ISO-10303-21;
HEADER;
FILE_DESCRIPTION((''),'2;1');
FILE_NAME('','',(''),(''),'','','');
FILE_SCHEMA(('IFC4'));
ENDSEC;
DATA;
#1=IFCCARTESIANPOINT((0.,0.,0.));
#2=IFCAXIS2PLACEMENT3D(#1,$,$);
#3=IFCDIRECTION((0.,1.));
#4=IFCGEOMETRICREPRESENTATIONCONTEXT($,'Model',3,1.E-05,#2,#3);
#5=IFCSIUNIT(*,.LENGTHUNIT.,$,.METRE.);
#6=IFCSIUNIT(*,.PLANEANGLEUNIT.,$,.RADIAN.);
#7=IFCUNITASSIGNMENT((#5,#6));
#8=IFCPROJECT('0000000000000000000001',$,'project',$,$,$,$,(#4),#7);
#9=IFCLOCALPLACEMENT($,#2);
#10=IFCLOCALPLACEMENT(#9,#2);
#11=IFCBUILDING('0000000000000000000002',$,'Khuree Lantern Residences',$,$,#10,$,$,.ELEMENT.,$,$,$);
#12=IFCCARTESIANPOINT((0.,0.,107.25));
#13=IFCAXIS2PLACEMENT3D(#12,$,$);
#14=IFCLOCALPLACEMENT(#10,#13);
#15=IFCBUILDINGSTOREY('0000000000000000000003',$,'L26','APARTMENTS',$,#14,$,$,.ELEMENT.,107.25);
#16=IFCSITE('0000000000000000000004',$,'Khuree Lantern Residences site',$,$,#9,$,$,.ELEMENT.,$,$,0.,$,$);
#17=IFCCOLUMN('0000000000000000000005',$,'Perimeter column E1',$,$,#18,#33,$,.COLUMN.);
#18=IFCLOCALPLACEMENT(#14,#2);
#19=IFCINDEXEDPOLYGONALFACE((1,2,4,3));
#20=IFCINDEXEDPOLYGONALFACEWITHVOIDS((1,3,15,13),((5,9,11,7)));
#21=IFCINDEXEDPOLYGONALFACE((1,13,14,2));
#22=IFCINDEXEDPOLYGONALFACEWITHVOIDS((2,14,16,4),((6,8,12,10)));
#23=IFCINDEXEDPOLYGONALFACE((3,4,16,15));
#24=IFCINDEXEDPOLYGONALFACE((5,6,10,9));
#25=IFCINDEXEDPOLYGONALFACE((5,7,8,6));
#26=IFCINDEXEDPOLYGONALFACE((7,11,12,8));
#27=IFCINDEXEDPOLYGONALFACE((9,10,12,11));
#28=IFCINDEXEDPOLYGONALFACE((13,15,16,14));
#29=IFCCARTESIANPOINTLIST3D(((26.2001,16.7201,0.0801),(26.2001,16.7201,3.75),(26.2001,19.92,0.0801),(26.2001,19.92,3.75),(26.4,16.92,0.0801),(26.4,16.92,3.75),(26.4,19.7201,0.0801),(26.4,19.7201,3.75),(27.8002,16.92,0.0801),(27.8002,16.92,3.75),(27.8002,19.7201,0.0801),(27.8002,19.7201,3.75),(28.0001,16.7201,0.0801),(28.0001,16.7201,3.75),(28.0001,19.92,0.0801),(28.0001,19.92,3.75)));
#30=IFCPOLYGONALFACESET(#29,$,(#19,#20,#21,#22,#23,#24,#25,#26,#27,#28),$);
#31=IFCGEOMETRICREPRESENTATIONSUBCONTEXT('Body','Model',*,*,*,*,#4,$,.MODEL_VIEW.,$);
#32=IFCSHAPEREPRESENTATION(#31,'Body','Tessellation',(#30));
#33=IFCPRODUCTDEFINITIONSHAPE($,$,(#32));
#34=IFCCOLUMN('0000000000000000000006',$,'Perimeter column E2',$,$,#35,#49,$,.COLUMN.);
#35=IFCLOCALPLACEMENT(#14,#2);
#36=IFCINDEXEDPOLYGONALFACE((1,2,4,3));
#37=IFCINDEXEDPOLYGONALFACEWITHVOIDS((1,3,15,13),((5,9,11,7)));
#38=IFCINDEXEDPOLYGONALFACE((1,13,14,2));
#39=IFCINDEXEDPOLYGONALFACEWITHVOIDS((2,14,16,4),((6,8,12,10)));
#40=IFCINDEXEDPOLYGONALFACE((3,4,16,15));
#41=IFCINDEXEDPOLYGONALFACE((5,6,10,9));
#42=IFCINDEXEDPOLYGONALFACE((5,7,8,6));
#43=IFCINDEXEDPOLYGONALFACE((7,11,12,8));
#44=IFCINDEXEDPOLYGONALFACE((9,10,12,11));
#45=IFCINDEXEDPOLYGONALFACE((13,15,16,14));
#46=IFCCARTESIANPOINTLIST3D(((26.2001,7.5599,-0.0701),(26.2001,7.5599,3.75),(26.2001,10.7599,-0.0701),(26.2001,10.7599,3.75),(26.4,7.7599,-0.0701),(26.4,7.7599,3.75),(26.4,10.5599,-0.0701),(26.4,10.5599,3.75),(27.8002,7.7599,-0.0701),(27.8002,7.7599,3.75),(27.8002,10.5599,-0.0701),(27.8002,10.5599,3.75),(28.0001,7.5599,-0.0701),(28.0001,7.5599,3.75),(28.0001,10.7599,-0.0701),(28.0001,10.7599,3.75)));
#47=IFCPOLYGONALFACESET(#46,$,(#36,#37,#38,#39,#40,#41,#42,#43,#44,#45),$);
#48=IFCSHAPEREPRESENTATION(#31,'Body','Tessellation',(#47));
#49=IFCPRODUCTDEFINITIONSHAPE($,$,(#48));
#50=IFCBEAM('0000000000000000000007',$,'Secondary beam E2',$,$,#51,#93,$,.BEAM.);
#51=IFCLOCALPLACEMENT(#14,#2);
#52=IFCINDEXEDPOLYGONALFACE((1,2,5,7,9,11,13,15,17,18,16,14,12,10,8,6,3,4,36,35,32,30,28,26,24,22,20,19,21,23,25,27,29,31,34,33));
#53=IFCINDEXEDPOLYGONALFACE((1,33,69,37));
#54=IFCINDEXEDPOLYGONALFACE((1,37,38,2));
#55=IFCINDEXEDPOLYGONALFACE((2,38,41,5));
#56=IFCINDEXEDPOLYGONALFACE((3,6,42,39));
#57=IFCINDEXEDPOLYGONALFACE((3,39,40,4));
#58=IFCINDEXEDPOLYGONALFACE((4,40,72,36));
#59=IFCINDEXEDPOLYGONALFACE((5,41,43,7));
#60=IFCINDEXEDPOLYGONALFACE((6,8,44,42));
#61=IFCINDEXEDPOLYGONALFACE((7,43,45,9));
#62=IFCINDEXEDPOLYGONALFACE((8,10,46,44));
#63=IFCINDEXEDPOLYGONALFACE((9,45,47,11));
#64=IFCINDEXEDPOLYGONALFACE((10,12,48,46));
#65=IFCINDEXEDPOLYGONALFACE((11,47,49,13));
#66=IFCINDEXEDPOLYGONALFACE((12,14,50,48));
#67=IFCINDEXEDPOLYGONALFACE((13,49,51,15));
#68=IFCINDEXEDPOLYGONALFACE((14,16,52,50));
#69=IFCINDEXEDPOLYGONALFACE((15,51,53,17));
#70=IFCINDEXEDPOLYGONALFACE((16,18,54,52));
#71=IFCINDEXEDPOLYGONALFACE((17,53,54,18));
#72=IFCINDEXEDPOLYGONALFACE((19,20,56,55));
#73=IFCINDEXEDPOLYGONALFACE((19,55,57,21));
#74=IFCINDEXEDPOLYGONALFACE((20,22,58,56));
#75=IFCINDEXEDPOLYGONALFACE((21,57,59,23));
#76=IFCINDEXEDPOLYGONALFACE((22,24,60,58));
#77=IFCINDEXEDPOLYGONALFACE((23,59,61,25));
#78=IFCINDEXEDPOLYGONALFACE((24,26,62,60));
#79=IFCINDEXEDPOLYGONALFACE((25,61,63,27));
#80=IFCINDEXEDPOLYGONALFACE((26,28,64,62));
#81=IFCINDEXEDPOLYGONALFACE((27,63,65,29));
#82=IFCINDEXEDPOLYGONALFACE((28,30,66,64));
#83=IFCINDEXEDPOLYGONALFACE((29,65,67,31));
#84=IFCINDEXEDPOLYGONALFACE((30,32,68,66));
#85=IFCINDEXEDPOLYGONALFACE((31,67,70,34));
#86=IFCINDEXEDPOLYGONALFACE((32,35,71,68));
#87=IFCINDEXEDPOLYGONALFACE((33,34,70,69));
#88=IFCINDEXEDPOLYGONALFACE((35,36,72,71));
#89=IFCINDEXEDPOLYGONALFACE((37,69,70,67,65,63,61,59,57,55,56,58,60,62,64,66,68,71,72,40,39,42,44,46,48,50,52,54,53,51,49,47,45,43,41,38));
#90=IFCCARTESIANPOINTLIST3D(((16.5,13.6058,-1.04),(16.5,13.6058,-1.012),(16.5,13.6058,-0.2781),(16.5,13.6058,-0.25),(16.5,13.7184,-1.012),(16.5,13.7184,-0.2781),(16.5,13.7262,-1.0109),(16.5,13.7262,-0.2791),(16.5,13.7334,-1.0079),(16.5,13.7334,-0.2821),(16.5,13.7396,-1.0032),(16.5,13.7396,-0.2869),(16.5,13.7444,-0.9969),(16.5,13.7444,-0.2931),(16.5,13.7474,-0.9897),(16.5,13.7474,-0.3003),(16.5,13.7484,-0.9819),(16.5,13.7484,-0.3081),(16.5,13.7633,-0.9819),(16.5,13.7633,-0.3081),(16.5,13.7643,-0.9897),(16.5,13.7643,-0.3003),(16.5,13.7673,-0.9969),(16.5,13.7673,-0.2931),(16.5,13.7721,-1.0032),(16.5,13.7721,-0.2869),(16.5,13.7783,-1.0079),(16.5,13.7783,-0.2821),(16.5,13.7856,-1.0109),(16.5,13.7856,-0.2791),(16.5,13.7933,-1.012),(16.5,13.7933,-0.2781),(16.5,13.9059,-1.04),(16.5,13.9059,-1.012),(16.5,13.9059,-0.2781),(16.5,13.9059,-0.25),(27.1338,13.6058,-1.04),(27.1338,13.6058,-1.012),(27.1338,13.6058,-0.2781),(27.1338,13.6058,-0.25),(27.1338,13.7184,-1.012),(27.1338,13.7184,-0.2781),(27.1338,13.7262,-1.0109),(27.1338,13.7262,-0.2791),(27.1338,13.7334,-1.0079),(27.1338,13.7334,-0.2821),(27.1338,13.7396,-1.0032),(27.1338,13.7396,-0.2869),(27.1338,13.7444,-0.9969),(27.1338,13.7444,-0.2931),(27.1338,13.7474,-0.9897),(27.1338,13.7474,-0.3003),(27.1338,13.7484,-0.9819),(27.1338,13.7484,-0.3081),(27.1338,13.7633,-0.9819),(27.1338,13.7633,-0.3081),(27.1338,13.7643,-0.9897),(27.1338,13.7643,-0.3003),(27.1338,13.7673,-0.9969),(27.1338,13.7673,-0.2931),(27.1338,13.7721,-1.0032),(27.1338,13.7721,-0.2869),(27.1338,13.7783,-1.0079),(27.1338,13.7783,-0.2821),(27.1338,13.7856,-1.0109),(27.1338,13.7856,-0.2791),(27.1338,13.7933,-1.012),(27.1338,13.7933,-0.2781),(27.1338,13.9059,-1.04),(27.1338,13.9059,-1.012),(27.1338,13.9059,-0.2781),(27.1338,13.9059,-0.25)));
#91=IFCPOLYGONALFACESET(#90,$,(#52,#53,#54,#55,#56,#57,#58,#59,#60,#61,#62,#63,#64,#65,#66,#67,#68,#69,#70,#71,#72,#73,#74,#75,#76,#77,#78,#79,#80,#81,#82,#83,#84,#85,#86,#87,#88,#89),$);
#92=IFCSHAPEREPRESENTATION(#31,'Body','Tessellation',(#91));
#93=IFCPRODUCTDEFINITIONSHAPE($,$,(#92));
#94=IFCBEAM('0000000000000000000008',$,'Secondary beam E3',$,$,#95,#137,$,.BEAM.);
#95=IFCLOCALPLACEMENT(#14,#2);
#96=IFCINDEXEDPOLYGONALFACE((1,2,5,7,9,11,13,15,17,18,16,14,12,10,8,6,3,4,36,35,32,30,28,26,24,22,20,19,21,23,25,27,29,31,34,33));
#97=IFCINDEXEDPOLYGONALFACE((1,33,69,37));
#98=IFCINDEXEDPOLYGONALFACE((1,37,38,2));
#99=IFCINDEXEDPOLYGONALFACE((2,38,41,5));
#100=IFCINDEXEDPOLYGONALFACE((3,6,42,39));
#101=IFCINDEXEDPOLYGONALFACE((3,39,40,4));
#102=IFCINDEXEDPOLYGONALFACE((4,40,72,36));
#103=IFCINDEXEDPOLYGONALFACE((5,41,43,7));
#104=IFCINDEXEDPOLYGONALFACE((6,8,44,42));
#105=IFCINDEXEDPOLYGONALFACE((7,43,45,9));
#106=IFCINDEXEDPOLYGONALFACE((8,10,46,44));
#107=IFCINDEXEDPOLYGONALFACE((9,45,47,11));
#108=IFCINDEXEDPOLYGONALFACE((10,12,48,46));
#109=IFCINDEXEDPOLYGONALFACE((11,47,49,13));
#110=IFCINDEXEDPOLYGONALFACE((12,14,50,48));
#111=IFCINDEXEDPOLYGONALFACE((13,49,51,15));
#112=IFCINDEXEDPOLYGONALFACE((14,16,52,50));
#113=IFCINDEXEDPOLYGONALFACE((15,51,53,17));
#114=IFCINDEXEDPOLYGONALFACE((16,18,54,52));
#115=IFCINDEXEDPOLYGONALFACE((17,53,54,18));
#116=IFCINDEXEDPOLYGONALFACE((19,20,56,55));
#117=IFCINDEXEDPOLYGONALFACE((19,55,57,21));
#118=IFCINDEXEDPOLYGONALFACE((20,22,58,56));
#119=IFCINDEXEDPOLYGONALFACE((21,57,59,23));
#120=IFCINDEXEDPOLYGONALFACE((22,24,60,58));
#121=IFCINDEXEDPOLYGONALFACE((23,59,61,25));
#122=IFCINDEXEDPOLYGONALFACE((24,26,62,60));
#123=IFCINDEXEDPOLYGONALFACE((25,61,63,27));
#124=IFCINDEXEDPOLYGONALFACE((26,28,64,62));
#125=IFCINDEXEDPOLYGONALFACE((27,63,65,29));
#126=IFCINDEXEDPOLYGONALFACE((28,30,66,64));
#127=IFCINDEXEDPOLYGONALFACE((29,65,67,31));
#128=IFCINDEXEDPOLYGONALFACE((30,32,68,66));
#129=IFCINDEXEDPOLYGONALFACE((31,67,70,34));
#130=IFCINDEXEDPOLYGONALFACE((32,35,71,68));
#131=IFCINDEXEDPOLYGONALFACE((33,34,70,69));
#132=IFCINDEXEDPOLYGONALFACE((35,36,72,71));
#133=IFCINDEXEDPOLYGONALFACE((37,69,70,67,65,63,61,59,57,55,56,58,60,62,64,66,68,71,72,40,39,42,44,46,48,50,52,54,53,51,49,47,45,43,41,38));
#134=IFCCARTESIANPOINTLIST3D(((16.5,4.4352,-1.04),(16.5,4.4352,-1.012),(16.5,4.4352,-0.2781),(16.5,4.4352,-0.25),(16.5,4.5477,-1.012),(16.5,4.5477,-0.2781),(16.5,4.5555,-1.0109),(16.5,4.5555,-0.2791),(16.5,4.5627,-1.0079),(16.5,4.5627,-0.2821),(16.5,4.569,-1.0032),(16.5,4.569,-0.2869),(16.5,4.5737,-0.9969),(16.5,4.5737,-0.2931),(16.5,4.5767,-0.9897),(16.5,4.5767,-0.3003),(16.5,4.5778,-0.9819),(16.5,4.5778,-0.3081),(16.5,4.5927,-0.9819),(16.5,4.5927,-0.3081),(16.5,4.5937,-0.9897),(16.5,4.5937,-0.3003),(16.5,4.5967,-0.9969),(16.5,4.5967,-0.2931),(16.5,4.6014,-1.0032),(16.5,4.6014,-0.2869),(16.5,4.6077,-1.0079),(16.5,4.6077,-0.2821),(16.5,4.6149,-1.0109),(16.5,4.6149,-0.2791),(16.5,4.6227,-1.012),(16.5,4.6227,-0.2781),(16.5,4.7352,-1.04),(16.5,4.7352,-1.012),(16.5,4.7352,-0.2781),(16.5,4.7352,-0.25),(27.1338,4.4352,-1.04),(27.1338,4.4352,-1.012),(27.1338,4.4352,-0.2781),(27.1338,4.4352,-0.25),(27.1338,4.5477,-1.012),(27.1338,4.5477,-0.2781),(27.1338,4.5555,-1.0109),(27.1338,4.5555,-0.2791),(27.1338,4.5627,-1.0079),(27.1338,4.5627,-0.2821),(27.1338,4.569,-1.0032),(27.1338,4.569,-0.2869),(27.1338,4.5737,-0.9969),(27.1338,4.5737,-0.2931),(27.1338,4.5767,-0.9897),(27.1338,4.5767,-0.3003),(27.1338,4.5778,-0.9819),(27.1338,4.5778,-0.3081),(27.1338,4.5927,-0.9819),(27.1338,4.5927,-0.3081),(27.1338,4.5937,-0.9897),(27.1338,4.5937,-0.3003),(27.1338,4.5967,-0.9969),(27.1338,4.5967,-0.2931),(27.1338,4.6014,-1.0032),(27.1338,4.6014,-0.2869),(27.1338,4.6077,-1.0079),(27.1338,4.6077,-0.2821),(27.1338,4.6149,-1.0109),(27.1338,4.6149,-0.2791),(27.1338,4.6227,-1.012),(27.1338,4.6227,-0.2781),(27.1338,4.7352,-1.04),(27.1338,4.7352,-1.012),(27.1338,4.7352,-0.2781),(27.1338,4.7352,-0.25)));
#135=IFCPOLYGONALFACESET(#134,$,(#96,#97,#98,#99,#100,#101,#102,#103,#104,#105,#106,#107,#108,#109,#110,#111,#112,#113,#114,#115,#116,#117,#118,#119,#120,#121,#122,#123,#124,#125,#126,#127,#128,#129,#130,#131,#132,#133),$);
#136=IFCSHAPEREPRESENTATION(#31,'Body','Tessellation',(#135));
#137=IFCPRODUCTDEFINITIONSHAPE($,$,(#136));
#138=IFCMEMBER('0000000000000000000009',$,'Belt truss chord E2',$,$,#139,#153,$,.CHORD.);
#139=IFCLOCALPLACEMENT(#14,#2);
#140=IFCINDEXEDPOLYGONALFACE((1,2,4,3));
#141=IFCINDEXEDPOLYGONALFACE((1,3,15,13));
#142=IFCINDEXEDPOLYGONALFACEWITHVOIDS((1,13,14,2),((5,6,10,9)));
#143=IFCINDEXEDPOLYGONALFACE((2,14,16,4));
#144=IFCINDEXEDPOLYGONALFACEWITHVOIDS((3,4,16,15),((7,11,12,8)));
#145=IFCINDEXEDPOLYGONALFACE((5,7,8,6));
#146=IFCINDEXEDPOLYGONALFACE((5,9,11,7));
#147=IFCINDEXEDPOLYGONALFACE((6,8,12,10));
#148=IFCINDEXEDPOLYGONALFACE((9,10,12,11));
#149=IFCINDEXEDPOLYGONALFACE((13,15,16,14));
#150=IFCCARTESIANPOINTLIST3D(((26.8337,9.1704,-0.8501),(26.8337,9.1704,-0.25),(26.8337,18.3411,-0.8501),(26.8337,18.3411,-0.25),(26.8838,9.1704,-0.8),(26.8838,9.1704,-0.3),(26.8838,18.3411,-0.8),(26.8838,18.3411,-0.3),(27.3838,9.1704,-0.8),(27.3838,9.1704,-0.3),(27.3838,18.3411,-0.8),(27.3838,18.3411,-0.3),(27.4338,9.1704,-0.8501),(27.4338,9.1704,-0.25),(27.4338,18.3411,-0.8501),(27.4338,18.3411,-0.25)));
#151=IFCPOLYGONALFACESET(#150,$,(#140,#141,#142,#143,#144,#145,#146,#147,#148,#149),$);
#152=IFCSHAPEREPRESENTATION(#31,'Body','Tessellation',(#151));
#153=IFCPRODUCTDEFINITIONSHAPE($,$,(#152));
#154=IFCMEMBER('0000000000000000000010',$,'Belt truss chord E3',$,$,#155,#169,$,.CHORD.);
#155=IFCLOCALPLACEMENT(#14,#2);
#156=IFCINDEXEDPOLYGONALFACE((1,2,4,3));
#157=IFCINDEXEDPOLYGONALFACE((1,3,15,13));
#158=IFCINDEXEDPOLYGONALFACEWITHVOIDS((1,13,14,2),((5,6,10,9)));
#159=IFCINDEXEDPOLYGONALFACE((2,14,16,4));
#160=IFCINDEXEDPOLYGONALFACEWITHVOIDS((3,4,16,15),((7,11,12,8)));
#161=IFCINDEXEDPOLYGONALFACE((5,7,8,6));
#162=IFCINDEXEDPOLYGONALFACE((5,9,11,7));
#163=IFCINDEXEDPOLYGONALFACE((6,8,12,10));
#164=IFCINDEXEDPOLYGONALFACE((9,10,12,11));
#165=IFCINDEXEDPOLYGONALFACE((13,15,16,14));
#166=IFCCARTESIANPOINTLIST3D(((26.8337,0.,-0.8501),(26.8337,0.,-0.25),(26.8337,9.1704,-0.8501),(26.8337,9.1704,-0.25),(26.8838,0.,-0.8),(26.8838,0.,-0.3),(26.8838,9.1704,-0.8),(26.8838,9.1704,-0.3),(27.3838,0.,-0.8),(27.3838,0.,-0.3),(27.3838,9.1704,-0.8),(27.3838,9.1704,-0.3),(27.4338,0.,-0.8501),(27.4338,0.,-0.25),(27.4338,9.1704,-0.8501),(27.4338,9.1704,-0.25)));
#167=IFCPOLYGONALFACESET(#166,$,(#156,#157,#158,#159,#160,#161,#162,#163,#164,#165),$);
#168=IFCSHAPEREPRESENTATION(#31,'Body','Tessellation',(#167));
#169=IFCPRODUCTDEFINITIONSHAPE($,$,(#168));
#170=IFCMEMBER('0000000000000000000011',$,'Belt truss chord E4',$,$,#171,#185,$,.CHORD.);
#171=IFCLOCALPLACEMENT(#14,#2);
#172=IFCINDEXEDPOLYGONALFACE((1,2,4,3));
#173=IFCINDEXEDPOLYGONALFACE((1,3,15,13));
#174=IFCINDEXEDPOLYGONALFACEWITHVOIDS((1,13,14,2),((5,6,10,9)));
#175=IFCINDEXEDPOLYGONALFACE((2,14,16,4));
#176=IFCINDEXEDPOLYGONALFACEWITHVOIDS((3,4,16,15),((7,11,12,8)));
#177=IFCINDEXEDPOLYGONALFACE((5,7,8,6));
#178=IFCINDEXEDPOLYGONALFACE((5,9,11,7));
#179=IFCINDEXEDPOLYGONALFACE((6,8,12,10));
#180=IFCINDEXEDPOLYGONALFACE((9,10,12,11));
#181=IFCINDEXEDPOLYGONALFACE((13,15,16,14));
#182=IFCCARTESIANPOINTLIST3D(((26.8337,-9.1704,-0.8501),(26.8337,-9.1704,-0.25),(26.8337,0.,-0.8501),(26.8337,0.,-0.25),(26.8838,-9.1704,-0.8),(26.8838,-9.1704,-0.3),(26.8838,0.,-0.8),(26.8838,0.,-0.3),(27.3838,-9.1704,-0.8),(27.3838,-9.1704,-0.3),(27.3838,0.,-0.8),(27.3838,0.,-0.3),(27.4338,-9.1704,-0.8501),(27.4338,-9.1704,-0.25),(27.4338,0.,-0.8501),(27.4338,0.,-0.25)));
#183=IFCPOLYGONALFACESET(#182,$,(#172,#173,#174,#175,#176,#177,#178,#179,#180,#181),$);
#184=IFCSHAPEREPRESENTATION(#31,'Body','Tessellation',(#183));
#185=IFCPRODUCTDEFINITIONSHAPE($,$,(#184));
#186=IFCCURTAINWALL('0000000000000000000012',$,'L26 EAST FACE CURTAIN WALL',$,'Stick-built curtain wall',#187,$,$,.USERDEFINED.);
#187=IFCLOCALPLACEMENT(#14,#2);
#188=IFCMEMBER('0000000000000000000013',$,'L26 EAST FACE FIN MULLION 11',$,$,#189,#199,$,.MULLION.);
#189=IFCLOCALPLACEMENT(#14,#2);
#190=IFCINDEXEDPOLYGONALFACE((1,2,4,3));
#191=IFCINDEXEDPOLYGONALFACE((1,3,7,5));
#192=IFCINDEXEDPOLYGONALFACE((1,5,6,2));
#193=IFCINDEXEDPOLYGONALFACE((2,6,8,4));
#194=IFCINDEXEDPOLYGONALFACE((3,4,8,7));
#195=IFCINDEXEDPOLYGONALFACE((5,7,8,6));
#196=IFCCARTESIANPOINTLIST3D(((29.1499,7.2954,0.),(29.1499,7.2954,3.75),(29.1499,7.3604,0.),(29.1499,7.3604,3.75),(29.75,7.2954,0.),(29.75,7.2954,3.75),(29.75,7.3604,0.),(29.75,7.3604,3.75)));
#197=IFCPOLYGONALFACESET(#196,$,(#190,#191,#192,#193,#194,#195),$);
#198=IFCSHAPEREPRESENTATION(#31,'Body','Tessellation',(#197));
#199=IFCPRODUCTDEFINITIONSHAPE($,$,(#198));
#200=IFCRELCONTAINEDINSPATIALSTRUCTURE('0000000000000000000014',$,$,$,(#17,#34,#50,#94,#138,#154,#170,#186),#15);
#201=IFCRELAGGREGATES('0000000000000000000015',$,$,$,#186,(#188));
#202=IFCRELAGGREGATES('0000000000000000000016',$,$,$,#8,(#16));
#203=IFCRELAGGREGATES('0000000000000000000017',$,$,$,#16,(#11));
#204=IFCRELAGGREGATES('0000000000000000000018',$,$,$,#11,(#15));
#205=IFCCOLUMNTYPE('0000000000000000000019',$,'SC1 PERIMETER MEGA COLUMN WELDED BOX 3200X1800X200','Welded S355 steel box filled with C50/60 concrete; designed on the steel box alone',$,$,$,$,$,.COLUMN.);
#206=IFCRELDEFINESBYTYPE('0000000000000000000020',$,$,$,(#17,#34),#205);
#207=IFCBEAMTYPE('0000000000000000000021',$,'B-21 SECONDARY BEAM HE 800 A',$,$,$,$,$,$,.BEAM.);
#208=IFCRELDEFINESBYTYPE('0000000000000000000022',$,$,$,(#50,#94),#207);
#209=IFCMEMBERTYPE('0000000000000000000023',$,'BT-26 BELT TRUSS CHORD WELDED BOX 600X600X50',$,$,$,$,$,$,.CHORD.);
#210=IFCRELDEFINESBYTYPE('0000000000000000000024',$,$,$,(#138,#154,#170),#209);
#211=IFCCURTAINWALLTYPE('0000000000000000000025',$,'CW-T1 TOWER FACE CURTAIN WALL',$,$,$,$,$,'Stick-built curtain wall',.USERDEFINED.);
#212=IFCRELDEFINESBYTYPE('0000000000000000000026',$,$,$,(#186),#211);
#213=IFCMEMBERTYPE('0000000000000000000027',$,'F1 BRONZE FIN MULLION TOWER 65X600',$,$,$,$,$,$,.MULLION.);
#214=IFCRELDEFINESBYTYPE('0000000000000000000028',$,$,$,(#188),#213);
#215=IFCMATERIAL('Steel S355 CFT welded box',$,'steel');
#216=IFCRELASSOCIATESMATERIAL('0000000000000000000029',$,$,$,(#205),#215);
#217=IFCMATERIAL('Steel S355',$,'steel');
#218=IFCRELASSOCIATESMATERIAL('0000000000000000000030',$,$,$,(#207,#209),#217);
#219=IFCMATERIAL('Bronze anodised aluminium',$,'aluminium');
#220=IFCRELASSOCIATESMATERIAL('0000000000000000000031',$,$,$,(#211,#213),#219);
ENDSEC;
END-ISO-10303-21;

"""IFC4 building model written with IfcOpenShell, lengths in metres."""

from ifc_helpers import new_model, si_unit, direction, frame, origin, origin_2d, place, context, subcontext, project, spatial, rectangle, hollow_rectangle, i_section, extrude, material, material_profile, profile_set, type_object, element, aggregate, save


model = new_model("IFC4")

# Units and contexts
model_context = context("Model", 3, precision=1e-05, world=origin(), true_north=direction((0.0, 1.0)))
body_context = subcontext(model_context, "Body", "Model", "MODEL_VIEW")
ifc_project = project(units=[si_unit("LENGTHUNIT", "METRE"), si_unit("PLANEANGLEUNIT", "RADIAN")], contexts=[model_context])

# Site, building, storey
site_placement = place(None, origin())
site = spatial("IfcSite", under=ifc_project, at=site_placement, Name="Khuree Lantern Residences site", CompositionType="ELEMENT", RefElevation=0.0)
building_placement = place(site_placement, origin())
building = spatial("IfcBuilding", under=site, at=building_placement, Name="Khuree Lantern Residences", CompositionType="ELEMENT")
storey_placement = place(building_placement, frame((0.0, 0.0, 107.25)))
storey = spatial("IfcBuildingStorey", under=building, at=storey_placement, Name="L26", Description="APARTMENTS", CompositionType="ELEMENT", Elevation=107.25)

# Columns
ifc_material_1 = material(Name="Steel S355 CFT welded box", Category="steel")
ifc_material_profile_1 = material_profile(ifc_material_1, hollow_rectangle(XDim=3.2, YDim=1.8, WallThickness=0.2, at=origin_2d()), Name="WELDED BOX 3200X1800X200")
ifc_profile_set_1 = profile_set([ifc_material_profile_1], Name="Steel S355 CFT welded box")
column_type = type_object("IfcColumnType", Name="SC1 PERIMETER MEGA COLUMN WELDED BOX 3200X1800X200", Description="Welded S355 steel box filled with C50/60 concrete; designed on the steel box alone", PredefinedType="COLUMN", material=ifc_profile_set_1)
column_1_placement = place(storey_placement, frame((27.1001, 18.3201, 0.0801), z_axis=(0.0, 0.0, 1.0), x_axis=(0.0, 1.0, 0.0)))
element("IfcColumn", 1, at=column_1_placement, inside=storey, type_object=column_type, Name="Perimeter column E1", PredefinedType="COLUMN", context=body_context, shape_type="SweptSolid", body=[
    extrude(hollow_rectangle(XDim=3.2, YDim=1.8, WallThickness=0.2, at=origin_2d()), origin(), (0.0, 0.0, 1.0), 3.6699),
])
column_2_placement = place(storey_placement, frame((27.1001, 9.1599, -0.0701), z_axis=(0.0, 0.0, 1.0), x_axis=(0.0, 1.0, 0.0)))
element("IfcColumn", 2, at=column_2_placement, inside=storey, type_object=column_type, Name="Perimeter column E2", PredefinedType="COLUMN", context=body_context, shape_type="SweptSolid", body=[
    extrude(hollow_rectangle(XDim=3.2, YDim=1.8, WallThickness=0.2, at=origin_2d()), origin(), (0.0, 0.0, 1.0), 3.8201),
])

# Beams
ifc_material_2 = material(Name="Steel S355", Category="steel")
ifc_material_profile_2 = material_profile(ifc_material_2, i_section(OverallWidth=0.3, OverallDepth=0.79, WebThickness=0.0149, FlangeThickness=0.0281, FilletRadius=0.03, at=origin_2d()), Name="HE 800 A")
ifc_profile_set_2 = profile_set([ifc_material_profile_2], Name="Steel S355")
beam_type_1 = type_object("IfcBeamType", Name="B-21 SECONDARY BEAM HE 800 A", PredefinedType="BEAM", material=ifc_profile_set_2)
for number, where, z_axis, x_axis, name in (
    (3, (27.1338, 13.7559, -0.645), (-1.0, 0.0, 0.0), (0.0, -1.0, 0.0), "Secondary beam E2"),
    (4, (27.1338, 4.5852, -0.645), (-1.0, 0.0, 0.0), (0.0, -1.0, 0.0), "Secondary beam E3"),
):
    element("IfcBeam", number, at=place(storey_placement, frame(where, z_axis=z_axis, x_axis=x_axis)), inside=storey, type_object=beam_type_1, Name=name, PredefinedType="BEAM", context=body_context, shape_type="SweptSolid", body=[
        extrude(i_section(OverallWidth=0.3, OverallDepth=0.79, WebThickness=0.0149, FlangeThickness=0.0281, FilletRadius=0.03, at=origin_2d()), origin(), (0.0, 0.0, 1.0), 10.6338),
    ])

# Members
ifc_material_profile_3 = material_profile(ifc_material_2, hollow_rectangle(XDim=0.6001, YDim=0.6001, WallThickness=0.05, at=origin_2d()), Name="WELDED BOX 600X600X50")
ifc_profile_set_3 = profile_set([ifc_material_profile_3], Name="Steel S355")
member_type_1 = type_object("IfcMemberType", Name="BT-26 BELT TRUSS CHORD WELDED BOX 600X600X50", PredefinedType="CHORD", material=ifc_profile_set_3)
member_1_placement = place(storey_placement, frame((27.1338, 18.3411, -0.55), z_axis=(0.0, -1.0, 0.0), x_axis=(1.0, 0.0, 0.0)))
element("IfcMember", 5, at=member_1_placement, inside=storey, type_object=member_type_1, Name="Belt truss chord E2", PredefinedType="CHORD", context=body_context, shape_type="SweptSolid", body=[
    extrude(hollow_rectangle(XDim=0.6001, YDim=0.6001, WallThickness=0.05, at=origin_2d()), origin(), (0.0, 0.0, 1.0), 9.1707),
])
for number, where, z_axis, x_axis, name in (
    (6, (27.1338, 9.1704, -0.55), (0.0, -1.0, 0.0), (1.0, 0.0, 0.0), "Belt truss chord E3"),
    (7, (27.1338, 0.0, -0.55), (0.0, -1.0, 0.0), (1.0, 0.0, 0.0), "Belt truss chord E4"),
):
    element("IfcMember", number, at=place(storey_placement, frame(where, z_axis=z_axis, x_axis=x_axis)), inside=storey, type_object=member_type_1, Name=name, PredefinedType="CHORD", context=body_context, shape_type="SweptSolid", body=[
        extrude(hollow_rectangle(XDim=0.6001, YDim=0.6001, WallThickness=0.05, at=origin_2d()), origin(), (0.0, 0.0, 1.0), 9.1704),
    ])

# Curtain wall, member
ifc_material_3 = material(Name="Bronze anodised aluminium", Category="aluminium")
curtain_wall_type = type_object("IfcCurtainWallType", Name="CW-T1 TOWER FACE CURTAIN WALL", ElementType="Stick-built curtain wall", PredefinedType="USERDEFINED", material=ifc_material_3)
curtain_wall_placement = place(storey_placement, origin())
curtain_wall = element("IfcCurtainWall", 8, at=curtain_wall_placement, inside=storey, type_object=curtain_wall_type, Name="L26 EAST FACE CURTAIN WALL", ObjectType="Stick-built curtain wall", PredefinedType="USERDEFINED")
ifc_material_profile_4 = material_profile(ifc_material_3, rectangle(XDim=0.0649, YDim=0.6001, at=origin_2d()), Name="F1 65X600")
ifc_profile_set_4 = profile_set([ifc_material_profile_4], Name="Bronze anodised aluminium")
member_type_2 = type_object("IfcMemberType", Name="F1 BRONZE FIN MULLION TOWER 65X600", PredefinedType="MULLION", material=ifc_profile_set_4)
member_2_placement = place(storey_placement, frame((29.45, 7.3279, 0.0), z_axis=(0.0, 0.0, 1.0), x_axis=(0.0, 1.0, 0.0)))
member_2 = element("IfcMember", 9, at=member_2_placement, type_object=member_type_2, Name="L26 EAST FACE FIN MULLION 11", PredefinedType="MULLION", context=body_context, shape_type="SweptSolid", body=[
    extrude(rectangle(XDim=0.0649, YDim=0.6001, at=origin_2d()), origin(), (0.0, 0.0, 1.0), 3.75),
])

aggregate(curtain_wall, [member_2])

save(model, "model.ifc")
